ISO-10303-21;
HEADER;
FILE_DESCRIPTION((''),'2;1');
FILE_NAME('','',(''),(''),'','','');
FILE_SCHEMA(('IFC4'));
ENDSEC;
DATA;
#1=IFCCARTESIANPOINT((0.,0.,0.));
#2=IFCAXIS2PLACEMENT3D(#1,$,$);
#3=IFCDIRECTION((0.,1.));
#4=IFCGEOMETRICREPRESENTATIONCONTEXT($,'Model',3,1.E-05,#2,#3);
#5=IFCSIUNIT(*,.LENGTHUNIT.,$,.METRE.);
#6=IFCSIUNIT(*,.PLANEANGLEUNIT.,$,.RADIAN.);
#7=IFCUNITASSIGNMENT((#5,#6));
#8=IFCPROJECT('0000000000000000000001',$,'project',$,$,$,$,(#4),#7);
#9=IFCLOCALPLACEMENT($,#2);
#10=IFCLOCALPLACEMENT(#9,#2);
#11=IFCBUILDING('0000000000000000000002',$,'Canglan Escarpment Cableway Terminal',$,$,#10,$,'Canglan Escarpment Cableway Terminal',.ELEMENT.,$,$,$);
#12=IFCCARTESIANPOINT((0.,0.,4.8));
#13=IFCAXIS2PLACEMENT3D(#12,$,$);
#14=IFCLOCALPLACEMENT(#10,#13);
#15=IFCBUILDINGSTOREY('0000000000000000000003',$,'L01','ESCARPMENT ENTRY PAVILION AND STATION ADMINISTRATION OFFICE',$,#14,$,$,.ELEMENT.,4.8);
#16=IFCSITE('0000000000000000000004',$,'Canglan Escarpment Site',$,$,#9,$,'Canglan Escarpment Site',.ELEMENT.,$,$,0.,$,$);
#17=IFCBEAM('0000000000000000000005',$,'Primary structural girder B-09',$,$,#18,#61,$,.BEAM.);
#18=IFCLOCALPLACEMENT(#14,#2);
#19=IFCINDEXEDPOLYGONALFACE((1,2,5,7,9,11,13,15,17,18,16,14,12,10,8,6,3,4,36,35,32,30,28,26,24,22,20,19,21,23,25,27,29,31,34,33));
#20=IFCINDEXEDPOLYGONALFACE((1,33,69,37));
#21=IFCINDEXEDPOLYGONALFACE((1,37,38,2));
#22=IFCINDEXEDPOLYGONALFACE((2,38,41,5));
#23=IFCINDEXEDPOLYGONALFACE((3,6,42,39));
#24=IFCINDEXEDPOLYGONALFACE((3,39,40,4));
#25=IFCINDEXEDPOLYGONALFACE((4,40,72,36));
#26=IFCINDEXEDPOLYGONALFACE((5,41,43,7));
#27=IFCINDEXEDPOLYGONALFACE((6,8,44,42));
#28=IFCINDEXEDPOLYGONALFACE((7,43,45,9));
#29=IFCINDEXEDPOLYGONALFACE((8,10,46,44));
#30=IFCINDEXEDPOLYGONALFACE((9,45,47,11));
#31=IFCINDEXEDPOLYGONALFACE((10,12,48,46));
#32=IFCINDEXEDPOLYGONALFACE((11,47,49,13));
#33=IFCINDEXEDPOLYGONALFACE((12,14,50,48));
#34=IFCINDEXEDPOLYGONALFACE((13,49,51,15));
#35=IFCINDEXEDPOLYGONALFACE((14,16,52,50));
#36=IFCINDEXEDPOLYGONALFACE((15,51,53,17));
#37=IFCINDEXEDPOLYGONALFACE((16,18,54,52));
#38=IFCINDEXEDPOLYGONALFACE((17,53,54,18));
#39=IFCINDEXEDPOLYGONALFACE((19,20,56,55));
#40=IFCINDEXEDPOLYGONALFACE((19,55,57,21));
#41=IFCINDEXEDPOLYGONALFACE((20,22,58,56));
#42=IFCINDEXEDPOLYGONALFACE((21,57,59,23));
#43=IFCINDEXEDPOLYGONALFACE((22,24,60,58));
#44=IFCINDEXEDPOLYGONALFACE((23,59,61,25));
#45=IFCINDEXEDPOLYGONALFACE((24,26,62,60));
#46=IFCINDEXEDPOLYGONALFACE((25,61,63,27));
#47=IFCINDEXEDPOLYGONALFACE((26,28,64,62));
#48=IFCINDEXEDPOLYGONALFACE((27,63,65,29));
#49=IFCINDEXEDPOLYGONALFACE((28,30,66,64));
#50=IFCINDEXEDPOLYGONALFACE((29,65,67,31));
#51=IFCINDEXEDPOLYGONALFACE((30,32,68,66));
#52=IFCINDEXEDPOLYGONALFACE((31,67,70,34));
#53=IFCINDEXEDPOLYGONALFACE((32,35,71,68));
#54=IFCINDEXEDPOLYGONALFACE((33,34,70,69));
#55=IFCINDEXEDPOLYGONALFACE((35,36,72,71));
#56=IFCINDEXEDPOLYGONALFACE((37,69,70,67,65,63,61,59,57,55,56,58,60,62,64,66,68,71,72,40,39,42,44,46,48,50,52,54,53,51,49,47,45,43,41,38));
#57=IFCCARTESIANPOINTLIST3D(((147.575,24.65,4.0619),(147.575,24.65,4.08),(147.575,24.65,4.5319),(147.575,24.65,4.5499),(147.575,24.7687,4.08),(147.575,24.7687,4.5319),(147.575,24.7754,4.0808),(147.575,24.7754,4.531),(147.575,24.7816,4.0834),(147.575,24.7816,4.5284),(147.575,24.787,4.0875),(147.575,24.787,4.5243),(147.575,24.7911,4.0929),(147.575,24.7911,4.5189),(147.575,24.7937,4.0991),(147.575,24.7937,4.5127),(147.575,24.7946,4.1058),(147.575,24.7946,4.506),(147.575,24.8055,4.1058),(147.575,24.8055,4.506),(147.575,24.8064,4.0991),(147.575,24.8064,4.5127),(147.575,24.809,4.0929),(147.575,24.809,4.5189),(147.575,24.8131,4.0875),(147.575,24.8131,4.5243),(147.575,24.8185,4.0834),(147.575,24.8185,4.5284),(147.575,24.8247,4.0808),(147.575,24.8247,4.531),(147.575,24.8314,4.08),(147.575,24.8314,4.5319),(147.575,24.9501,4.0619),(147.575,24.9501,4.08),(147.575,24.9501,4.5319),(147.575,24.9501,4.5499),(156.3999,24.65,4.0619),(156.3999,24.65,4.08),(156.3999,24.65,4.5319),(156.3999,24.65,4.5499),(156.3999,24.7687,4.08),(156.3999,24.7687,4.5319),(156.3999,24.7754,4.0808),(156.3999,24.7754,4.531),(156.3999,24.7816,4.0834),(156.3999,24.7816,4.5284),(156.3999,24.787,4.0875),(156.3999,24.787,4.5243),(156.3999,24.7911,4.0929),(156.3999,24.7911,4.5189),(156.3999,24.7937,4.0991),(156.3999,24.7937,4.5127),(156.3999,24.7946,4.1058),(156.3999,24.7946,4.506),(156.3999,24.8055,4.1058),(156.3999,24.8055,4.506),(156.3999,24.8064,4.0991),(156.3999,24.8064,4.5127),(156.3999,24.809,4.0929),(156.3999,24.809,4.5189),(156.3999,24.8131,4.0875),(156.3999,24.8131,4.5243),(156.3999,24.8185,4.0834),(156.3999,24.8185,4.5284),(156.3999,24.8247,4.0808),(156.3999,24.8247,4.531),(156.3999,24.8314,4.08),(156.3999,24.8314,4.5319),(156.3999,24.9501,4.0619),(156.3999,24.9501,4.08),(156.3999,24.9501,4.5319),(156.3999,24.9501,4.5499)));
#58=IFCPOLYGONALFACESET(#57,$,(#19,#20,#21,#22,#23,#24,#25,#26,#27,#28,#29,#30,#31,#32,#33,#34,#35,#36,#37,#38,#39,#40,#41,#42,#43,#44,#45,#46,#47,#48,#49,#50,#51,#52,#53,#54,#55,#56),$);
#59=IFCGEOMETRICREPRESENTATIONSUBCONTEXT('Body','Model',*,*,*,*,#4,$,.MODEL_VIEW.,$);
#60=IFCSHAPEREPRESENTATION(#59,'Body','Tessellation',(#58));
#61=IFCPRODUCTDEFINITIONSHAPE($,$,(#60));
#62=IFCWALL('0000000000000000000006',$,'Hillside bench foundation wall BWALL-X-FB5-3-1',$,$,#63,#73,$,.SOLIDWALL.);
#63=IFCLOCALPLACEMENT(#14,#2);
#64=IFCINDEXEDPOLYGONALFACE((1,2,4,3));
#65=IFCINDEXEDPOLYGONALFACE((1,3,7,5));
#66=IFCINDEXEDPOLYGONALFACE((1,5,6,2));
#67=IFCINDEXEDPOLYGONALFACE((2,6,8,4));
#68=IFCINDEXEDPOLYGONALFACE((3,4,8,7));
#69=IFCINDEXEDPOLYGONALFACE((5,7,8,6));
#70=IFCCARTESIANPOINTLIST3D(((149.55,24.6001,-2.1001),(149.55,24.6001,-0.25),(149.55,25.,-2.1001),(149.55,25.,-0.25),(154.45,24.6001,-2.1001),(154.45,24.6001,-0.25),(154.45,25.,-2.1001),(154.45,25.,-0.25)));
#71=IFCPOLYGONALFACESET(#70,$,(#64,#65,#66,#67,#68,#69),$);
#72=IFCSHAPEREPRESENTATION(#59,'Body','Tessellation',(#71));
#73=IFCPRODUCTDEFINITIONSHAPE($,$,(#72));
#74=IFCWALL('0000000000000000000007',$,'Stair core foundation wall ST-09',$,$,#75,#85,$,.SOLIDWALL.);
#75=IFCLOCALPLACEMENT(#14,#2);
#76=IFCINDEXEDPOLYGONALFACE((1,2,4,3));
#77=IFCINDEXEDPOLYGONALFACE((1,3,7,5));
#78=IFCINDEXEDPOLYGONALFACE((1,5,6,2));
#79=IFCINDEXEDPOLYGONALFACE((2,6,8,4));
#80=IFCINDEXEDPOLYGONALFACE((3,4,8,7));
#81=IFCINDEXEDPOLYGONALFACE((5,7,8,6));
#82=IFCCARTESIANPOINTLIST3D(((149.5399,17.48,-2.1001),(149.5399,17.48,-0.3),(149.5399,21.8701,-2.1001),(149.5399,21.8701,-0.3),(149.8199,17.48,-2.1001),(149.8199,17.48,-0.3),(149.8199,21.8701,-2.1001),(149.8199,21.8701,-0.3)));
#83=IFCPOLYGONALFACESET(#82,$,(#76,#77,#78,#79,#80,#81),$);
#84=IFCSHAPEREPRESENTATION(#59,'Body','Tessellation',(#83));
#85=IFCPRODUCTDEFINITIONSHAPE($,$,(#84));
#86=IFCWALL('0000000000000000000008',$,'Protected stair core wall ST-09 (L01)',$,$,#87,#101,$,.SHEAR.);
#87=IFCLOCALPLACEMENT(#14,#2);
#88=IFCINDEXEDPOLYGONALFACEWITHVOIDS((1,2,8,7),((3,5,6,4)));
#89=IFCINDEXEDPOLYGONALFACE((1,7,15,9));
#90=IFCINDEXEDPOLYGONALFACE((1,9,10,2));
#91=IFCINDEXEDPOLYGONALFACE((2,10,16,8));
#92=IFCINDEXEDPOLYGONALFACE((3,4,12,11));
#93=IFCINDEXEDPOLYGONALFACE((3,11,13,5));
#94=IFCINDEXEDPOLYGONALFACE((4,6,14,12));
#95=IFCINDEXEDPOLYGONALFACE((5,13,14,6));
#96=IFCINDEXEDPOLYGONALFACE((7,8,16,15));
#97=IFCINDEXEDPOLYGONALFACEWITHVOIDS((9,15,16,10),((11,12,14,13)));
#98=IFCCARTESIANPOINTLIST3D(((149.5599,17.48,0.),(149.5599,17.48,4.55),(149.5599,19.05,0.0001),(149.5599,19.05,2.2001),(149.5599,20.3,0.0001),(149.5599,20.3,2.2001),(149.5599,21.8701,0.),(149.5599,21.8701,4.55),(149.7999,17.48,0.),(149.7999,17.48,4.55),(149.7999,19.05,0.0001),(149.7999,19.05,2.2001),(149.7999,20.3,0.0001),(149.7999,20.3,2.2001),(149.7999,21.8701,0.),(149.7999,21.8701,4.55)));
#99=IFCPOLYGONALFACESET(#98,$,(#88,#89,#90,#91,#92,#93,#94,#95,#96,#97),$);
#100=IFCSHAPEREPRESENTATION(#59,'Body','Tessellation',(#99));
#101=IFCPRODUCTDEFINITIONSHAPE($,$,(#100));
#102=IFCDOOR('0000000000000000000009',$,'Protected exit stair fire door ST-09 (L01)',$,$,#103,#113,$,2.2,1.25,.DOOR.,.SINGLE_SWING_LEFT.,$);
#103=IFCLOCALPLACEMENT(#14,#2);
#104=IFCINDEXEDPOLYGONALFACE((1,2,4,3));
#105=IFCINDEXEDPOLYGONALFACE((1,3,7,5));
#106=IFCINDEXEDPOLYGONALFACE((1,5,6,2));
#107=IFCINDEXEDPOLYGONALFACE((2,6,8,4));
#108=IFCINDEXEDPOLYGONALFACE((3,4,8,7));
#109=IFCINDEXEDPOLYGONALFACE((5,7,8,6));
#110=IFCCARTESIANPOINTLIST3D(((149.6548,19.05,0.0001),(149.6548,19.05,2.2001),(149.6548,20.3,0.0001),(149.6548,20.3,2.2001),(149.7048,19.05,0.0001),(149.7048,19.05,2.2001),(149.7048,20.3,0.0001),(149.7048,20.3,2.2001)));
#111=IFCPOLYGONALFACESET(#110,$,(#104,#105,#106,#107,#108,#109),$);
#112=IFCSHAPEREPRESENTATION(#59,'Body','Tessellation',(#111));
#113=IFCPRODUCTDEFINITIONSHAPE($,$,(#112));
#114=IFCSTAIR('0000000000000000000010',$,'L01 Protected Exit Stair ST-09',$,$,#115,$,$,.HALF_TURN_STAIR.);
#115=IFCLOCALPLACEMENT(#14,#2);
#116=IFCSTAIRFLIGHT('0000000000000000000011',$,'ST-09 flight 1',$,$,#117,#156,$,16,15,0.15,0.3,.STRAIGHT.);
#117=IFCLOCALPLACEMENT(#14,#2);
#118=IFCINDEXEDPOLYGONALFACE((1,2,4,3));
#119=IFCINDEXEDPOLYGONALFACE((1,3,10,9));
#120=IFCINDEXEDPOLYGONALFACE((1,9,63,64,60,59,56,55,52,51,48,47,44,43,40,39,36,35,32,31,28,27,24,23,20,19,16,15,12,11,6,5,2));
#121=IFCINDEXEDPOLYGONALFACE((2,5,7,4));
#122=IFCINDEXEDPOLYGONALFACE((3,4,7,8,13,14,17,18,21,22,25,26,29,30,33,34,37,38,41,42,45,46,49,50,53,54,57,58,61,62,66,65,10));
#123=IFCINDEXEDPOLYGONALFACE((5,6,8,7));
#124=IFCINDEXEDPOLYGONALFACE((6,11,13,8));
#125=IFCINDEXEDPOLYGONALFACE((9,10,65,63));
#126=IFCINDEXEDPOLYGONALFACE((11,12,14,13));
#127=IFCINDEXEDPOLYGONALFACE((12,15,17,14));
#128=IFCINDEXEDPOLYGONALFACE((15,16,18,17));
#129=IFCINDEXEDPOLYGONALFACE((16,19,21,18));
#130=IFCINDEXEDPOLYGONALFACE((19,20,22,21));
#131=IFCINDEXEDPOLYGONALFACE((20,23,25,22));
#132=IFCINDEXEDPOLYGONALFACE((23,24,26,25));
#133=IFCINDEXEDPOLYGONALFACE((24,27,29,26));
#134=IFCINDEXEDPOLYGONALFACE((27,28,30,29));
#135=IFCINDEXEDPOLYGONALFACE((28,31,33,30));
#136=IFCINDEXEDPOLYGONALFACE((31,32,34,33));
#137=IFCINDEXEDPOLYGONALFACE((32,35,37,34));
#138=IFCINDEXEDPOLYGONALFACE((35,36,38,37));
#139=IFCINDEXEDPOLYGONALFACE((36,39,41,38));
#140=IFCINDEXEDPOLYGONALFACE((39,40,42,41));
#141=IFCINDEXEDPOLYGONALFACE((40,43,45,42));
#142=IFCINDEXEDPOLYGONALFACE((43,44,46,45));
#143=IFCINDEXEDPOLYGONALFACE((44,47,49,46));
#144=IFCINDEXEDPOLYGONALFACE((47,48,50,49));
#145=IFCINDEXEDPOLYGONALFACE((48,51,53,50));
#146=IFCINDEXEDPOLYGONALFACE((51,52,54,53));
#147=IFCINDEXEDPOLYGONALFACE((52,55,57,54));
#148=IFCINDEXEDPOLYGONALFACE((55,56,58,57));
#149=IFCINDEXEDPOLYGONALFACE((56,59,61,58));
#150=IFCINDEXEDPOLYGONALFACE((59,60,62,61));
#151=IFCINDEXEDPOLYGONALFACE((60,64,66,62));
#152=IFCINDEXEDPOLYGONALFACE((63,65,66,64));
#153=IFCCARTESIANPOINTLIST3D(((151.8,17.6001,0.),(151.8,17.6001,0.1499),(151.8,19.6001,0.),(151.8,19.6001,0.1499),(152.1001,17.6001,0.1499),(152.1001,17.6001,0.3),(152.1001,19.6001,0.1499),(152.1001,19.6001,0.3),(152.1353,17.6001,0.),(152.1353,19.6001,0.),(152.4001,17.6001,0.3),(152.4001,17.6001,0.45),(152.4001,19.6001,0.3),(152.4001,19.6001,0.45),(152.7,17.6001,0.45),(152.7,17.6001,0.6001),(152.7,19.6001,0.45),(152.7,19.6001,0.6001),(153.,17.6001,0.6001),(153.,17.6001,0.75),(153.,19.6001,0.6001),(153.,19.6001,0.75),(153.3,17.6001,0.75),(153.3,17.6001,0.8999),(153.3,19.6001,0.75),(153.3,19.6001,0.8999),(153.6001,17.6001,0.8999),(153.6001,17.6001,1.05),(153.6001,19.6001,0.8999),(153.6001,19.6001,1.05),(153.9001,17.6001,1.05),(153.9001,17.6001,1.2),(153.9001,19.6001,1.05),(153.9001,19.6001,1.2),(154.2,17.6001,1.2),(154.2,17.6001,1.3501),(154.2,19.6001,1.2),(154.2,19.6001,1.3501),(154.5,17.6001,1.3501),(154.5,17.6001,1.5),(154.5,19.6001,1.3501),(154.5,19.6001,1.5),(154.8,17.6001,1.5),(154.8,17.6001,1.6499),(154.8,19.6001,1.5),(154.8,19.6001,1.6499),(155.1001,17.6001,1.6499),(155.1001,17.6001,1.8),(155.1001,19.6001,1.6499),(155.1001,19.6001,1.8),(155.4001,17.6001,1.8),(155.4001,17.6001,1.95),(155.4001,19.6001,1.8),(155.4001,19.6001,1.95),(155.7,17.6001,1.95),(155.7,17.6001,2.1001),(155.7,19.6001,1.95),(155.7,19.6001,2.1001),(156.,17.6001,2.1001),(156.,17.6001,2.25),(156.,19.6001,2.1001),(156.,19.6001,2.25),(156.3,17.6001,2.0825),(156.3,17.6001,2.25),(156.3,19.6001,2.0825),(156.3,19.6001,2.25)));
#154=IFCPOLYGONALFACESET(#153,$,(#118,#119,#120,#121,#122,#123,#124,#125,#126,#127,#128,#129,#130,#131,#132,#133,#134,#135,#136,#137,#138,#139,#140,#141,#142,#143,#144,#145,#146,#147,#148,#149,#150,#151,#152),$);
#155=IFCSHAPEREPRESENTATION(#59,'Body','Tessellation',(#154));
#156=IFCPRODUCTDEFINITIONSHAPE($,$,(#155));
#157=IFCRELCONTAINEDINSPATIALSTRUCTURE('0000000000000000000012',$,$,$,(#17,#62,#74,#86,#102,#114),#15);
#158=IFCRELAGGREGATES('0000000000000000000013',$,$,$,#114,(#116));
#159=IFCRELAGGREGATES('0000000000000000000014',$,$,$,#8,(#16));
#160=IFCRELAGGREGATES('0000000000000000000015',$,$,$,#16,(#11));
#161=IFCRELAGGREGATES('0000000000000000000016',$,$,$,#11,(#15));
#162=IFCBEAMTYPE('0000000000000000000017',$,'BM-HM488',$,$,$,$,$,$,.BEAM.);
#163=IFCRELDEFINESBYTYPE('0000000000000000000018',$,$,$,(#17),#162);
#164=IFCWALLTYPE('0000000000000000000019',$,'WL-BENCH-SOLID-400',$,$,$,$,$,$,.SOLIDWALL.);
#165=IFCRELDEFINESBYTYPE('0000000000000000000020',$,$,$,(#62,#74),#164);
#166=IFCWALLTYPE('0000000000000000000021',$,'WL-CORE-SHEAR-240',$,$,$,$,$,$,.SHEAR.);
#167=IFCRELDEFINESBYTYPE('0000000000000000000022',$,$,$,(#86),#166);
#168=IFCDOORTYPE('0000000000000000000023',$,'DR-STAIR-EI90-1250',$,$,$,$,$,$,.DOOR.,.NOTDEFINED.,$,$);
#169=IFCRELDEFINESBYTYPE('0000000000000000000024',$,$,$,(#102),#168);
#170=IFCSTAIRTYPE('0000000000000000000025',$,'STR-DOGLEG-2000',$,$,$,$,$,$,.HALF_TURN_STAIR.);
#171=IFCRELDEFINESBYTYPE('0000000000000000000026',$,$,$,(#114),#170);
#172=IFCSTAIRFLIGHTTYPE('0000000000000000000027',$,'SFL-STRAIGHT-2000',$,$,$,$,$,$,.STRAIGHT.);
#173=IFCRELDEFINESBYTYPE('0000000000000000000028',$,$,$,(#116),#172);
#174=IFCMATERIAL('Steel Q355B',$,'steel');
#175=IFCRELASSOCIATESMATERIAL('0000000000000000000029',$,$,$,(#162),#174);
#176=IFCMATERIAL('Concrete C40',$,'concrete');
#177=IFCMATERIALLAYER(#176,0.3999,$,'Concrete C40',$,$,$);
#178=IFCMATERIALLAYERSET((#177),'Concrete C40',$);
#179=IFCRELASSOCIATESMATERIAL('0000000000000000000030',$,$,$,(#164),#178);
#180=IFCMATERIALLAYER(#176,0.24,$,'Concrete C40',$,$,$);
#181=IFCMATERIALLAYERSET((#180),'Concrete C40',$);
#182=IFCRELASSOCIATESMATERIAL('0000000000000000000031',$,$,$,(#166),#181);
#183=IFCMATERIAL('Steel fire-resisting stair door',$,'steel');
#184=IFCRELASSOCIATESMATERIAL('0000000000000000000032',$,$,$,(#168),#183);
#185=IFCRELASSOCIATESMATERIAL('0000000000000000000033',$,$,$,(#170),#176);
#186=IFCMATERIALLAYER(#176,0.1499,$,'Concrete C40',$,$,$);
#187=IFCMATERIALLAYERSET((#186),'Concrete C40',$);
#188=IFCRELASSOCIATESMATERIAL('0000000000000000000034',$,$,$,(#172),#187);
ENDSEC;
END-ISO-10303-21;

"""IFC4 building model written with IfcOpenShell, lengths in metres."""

from ifc_helpers import new_model, si_unit, direction, frame, frame_2d, origin, origin_2d, place, context, subcontext, project, spatial, polyline, rectangle, i_section, outline, extrude, material, layer, layer_set, material_profile, profile_set, type_object, element, fill, aggregate, save


model = new_model("IFC4")

# Units and contexts
model_context = context("Model", 3, precision=1e-05, world=origin(), true_north=direction((0.0, 1.0)))
body_context = subcontext(model_context, "Body", "Model", "MODEL_VIEW")
ifc_project = project(units=[si_unit("LENGTHUNIT", "METRE"), si_unit("PLANEANGLEUNIT", "RADIAN")], contexts=[model_context])

# Site, building, storey
site_placement = place(None, origin())
site = spatial("IfcSite", under=ifc_project, at=site_placement, Name="Canglan Escarpment Site", LongName="Canglan Escarpment Site", CompositionType="ELEMENT", RefElevation=0.0)
building_placement = place(site_placement, origin())
building = spatial("IfcBuilding", under=site, at=building_placement, Name="Canglan Escarpment Cableway Terminal", LongName="Canglan Escarpment Cableway Terminal", CompositionType="ELEMENT")
storey_placement = place(building_placement, frame((0.0, 0.0, 4.8)))
storey = spatial("IfcBuildingStorey", under=building, at=storey_placement, Name="L01", Description="ESCARPMENT ENTRY PAVILION AND STATION ADMINISTRATION OFFICE", CompositionType="ELEMENT", Elevation=4.8)

# Shared definitions
ifc_material_1 = material(Name="Concrete C40", Category="concrete")

# Beam
ifc_material_2 = material(Name="Steel Q355B", Category="steel")
ifc_material_profile_1 = material_profile(ifc_material_2, i_section(OverallWidth=0.3, OverallDepth=0.488, WebThickness=0.011, FlangeThickness=0.0181, FilletRadius=0.0259, at=origin_2d()), Name="HM 488x300x11x18")
ifc_profile_set_1 = profile_set([ifc_material_profile_1], Name="Steel Q355B")
beam_type = type_object("IfcBeamType", Name="BM-HM488", PredefinedType="BEAM", material=ifc_profile_set_1)
beam_placement = place(storey_placement, frame((147.575, 24.8, 4.3059), z_axis=(1.0, 0.0, 0.0), x_axis=(0.0, 1.0, 0.0)))
element("IfcBeam", 1, at=beam_placement, inside=storey, type_object=beam_type, Name="Primary structural girder B-09", PredefinedType="BEAM", context=body_context, shape_type="SweptSolid", body=[
    extrude(i_section(OverallWidth=0.3, OverallDepth=0.488, WebThickness=0.011, FlangeThickness=0.0181, FilletRadius=0.0259, at=origin_2d()), origin(), (0.0, 0.0, 1.0), 8.825),
])

# Walls
ifc_layer_1 = layer(ifc_material_1, 0.3999, Name="Concrete C40")
ifc_layer_set_1 = layer_set([ifc_layer_1], Name="Concrete C40")
wall_type_1 = type_object("IfcWallType", Name="WL-BENCH-SOLID-400", PredefinedType="SOLIDWALL", material=ifc_layer_set_1)
wall_1_placement = place(storey_placement, frame((149.55, 24.8, -2.1001), z_axis=(0.0, 0.0, 1.0), x_axis=(1.0, 0.0, 0.0)))
element("IfcWall", 2, at=wall_1_placement, inside=storey, type_object=wall_type_1, Name="Hillside bench foundation wall BWALL-X-FB5-3-1", PredefinedType="SOLIDWALL", context=body_context, shape_type="SweptSolid", body=[
    extrude(rectangle(XDim=4.8999, YDim=0.3999, at=frame_2d((2.45, 0.0))), origin(), (0.0, 0.0, 1.0), 1.8501),
])
wall_2_placement = place(storey_placement, frame((149.6799, 21.8701, -2.1001), z_axis=(0.0, 0.0, 1.0), x_axis=(0.0, -1.0, 0.0)))
element("IfcWall", 3, at=wall_2_placement, inside=storey, type_object=wall_type_1, Name="Stair core foundation wall ST-09", PredefinedType="SOLIDWALL", context=body_context, shape_type="SweptSolid", body=[
    extrude(rectangle(XDim=4.3901, YDim=0.28, at=frame_2d((2.1951, 0.0))), origin(), (0.0, 0.0, 1.0), 1.8),
])

# Wall, opening, door
ifc_layer_2 = layer(ifc_material_1, 0.24, Name="Concrete C40")
ifc_layer_set_2 = layer_set([ifc_layer_2], Name="Concrete C40")
wall_type_2 = type_object("IfcWallType", Name="WL-CORE-SHEAR-240", PredefinedType="SHEAR", material=ifc_layer_set_2)
wall_3_placement = place(storey_placement, frame((149.6799, 21.8701, 0.0), z_axis=(0.0, 0.0, 1.0), x_axis=(0.0, -1.0, 0.0)))
wall_3 = element("IfcWall", 4, at=wall_3_placement, inside=storey, type_object=wall_type_2, Name="Protected stair core wall ST-09 (L01)", PredefinedType="SHEAR", context=body_context, shape_type="SweptSolid", body=[
    extrude(rectangle(XDim=4.3901, YDim=0.24, at=frame_2d((2.1951, 0.0))), origin(), (0.0, 0.0, 1.0), 4.55),
])
opening_placement = place(wall_3_placement, frame((1.5701, 0.0, 0.0)))
opening = element("IfcOpeningElement", 5, at=opening_placement, cuts=wall_3, PredefinedType="OPENING", context=body_context, shape_type="SweptSolid", body=[
    extrude(rectangle(XDim=1.25, YDim=2.2, at=frame_2d((0.625, 1.1001))), frame((0.0, 0.1299, 0.0), z_axis=(0.0, -1.0, 0.0), x_axis=(1.0, 0.0, 0.0)), (0.0, 0.0, 1.0), 0.26),
])
ifc_material_3 = material(Name="Steel fire-resisting stair door", Category="steel")
door_type = type_object("IfcDoorType", Name="DR-STAIR-EI90-1250", OperationType="NOTDEFINED", PredefinedType="DOOR", material=ifc_material_3)
door_placement = place(opening_placement, origin())
door = element("IfcDoor", 6, at=door_placement, inside=storey, type_object=door_type, Name="Protected exit stair fire door ST-09 (L01)", OperationType="SINGLE_SWING_LEFT", OverallHeight=2.2, OverallWidth=1.25, PredefinedType="DOOR", context=body_context, shape_type="SweptSolid", body=[
    extrude(rectangle(XDim=1.25, YDim=2.2, at=frame_2d((0.625, 1.1001))), frame((0.0, 0.0249, 0.0), z_axis=(0.0, -1.0, 0.0), x_axis=(1.0, 0.0, 0.0)), (0.0, 0.0, 1.0), 0.05),
])
fill(opening, door)

# Stair, stair flight
stair_type = type_object("IfcStairType", Name="STR-DOGLEG-2000", PredefinedType="HALF_TURN_STAIR", material=ifc_material_1)
stair_placement = place(storey_placement, origin())
stair = element("IfcStair", 7, at=stair_placement, inside=storey, type_object=stair_type, Name="L01 Protected Exit Stair ST-09", PredefinedType="HALF_TURN_STAIR")
ifc_layer_3 = layer(ifc_material_1, 0.1499, Name="Concrete C40")
ifc_layer_set_3 = layer_set([ifc_layer_3], Name="Concrete C40")
stair_flight_type = type_object("IfcStairFlightType", Name="SFL-STRAIGHT-2000", PredefinedType="STRAIGHT", material=ifc_layer_set_3)
stair_flight_1_placement = place(storey_placement, frame((151.8, 18.6001, 0.0), z_axis=(0.0, 0.0, 1.0), x_axis=(1.0, 0.0, 0.0)))
stair_flight_1 = element("IfcStairFlight", 8, at=stair_flight_1_placement, type_object=stair_flight_type, Name="ST-09 flight 1", NumberOfRisers=16, NumberOfTreads=15, PredefinedType="STRAIGHT", RiserHeight=0.15, TreadLength=0.3, context=body_context, shape_type="SweptSolid", body=[
    extrude(outline(polyline([(0.0, 0.0), (0.0, 0.1499), (0.3, 0.1499), (0.3, 0.3), (0.6001, 0.3), (0.6001, 0.45), (0.8999, 0.45), (0.8999, 0.6001), (1.2, 0.6001), (1.2, 0.75), (1.5, 0.75), (1.5, 0.8999), (1.8, 0.8999), (1.8, 1.05), (2.1001, 1.05), (2.1001, 1.2), (2.3999, 1.2), (2.3999, 1.3501), (2.7, 1.3501), (2.7, 1.5), (3.0, 1.5), (3.0, 1.6499), (3.3, 1.6499), (3.3, 1.8), (3.6001, 1.8), (3.6001, 1.95), (3.8999, 1.95), (3.8999, 2.1001), (4.2, 2.1001), (4.2, 2.25), (4.5, 2.25), (4.5, 2.3999), (4.5, 2.0825), (0.3352, 0.0), (0.0, 0.0)])), frame((0.0, 1.0, 0.0), z_axis=(0.0, -1.0, 0.0), x_axis=(1.0, 0.0, 0.0)), (0.0, 0.0, 1.0), 2.0),
])
aggregate(stair, [stair_flight_1])

save(model, "model.ifc")
